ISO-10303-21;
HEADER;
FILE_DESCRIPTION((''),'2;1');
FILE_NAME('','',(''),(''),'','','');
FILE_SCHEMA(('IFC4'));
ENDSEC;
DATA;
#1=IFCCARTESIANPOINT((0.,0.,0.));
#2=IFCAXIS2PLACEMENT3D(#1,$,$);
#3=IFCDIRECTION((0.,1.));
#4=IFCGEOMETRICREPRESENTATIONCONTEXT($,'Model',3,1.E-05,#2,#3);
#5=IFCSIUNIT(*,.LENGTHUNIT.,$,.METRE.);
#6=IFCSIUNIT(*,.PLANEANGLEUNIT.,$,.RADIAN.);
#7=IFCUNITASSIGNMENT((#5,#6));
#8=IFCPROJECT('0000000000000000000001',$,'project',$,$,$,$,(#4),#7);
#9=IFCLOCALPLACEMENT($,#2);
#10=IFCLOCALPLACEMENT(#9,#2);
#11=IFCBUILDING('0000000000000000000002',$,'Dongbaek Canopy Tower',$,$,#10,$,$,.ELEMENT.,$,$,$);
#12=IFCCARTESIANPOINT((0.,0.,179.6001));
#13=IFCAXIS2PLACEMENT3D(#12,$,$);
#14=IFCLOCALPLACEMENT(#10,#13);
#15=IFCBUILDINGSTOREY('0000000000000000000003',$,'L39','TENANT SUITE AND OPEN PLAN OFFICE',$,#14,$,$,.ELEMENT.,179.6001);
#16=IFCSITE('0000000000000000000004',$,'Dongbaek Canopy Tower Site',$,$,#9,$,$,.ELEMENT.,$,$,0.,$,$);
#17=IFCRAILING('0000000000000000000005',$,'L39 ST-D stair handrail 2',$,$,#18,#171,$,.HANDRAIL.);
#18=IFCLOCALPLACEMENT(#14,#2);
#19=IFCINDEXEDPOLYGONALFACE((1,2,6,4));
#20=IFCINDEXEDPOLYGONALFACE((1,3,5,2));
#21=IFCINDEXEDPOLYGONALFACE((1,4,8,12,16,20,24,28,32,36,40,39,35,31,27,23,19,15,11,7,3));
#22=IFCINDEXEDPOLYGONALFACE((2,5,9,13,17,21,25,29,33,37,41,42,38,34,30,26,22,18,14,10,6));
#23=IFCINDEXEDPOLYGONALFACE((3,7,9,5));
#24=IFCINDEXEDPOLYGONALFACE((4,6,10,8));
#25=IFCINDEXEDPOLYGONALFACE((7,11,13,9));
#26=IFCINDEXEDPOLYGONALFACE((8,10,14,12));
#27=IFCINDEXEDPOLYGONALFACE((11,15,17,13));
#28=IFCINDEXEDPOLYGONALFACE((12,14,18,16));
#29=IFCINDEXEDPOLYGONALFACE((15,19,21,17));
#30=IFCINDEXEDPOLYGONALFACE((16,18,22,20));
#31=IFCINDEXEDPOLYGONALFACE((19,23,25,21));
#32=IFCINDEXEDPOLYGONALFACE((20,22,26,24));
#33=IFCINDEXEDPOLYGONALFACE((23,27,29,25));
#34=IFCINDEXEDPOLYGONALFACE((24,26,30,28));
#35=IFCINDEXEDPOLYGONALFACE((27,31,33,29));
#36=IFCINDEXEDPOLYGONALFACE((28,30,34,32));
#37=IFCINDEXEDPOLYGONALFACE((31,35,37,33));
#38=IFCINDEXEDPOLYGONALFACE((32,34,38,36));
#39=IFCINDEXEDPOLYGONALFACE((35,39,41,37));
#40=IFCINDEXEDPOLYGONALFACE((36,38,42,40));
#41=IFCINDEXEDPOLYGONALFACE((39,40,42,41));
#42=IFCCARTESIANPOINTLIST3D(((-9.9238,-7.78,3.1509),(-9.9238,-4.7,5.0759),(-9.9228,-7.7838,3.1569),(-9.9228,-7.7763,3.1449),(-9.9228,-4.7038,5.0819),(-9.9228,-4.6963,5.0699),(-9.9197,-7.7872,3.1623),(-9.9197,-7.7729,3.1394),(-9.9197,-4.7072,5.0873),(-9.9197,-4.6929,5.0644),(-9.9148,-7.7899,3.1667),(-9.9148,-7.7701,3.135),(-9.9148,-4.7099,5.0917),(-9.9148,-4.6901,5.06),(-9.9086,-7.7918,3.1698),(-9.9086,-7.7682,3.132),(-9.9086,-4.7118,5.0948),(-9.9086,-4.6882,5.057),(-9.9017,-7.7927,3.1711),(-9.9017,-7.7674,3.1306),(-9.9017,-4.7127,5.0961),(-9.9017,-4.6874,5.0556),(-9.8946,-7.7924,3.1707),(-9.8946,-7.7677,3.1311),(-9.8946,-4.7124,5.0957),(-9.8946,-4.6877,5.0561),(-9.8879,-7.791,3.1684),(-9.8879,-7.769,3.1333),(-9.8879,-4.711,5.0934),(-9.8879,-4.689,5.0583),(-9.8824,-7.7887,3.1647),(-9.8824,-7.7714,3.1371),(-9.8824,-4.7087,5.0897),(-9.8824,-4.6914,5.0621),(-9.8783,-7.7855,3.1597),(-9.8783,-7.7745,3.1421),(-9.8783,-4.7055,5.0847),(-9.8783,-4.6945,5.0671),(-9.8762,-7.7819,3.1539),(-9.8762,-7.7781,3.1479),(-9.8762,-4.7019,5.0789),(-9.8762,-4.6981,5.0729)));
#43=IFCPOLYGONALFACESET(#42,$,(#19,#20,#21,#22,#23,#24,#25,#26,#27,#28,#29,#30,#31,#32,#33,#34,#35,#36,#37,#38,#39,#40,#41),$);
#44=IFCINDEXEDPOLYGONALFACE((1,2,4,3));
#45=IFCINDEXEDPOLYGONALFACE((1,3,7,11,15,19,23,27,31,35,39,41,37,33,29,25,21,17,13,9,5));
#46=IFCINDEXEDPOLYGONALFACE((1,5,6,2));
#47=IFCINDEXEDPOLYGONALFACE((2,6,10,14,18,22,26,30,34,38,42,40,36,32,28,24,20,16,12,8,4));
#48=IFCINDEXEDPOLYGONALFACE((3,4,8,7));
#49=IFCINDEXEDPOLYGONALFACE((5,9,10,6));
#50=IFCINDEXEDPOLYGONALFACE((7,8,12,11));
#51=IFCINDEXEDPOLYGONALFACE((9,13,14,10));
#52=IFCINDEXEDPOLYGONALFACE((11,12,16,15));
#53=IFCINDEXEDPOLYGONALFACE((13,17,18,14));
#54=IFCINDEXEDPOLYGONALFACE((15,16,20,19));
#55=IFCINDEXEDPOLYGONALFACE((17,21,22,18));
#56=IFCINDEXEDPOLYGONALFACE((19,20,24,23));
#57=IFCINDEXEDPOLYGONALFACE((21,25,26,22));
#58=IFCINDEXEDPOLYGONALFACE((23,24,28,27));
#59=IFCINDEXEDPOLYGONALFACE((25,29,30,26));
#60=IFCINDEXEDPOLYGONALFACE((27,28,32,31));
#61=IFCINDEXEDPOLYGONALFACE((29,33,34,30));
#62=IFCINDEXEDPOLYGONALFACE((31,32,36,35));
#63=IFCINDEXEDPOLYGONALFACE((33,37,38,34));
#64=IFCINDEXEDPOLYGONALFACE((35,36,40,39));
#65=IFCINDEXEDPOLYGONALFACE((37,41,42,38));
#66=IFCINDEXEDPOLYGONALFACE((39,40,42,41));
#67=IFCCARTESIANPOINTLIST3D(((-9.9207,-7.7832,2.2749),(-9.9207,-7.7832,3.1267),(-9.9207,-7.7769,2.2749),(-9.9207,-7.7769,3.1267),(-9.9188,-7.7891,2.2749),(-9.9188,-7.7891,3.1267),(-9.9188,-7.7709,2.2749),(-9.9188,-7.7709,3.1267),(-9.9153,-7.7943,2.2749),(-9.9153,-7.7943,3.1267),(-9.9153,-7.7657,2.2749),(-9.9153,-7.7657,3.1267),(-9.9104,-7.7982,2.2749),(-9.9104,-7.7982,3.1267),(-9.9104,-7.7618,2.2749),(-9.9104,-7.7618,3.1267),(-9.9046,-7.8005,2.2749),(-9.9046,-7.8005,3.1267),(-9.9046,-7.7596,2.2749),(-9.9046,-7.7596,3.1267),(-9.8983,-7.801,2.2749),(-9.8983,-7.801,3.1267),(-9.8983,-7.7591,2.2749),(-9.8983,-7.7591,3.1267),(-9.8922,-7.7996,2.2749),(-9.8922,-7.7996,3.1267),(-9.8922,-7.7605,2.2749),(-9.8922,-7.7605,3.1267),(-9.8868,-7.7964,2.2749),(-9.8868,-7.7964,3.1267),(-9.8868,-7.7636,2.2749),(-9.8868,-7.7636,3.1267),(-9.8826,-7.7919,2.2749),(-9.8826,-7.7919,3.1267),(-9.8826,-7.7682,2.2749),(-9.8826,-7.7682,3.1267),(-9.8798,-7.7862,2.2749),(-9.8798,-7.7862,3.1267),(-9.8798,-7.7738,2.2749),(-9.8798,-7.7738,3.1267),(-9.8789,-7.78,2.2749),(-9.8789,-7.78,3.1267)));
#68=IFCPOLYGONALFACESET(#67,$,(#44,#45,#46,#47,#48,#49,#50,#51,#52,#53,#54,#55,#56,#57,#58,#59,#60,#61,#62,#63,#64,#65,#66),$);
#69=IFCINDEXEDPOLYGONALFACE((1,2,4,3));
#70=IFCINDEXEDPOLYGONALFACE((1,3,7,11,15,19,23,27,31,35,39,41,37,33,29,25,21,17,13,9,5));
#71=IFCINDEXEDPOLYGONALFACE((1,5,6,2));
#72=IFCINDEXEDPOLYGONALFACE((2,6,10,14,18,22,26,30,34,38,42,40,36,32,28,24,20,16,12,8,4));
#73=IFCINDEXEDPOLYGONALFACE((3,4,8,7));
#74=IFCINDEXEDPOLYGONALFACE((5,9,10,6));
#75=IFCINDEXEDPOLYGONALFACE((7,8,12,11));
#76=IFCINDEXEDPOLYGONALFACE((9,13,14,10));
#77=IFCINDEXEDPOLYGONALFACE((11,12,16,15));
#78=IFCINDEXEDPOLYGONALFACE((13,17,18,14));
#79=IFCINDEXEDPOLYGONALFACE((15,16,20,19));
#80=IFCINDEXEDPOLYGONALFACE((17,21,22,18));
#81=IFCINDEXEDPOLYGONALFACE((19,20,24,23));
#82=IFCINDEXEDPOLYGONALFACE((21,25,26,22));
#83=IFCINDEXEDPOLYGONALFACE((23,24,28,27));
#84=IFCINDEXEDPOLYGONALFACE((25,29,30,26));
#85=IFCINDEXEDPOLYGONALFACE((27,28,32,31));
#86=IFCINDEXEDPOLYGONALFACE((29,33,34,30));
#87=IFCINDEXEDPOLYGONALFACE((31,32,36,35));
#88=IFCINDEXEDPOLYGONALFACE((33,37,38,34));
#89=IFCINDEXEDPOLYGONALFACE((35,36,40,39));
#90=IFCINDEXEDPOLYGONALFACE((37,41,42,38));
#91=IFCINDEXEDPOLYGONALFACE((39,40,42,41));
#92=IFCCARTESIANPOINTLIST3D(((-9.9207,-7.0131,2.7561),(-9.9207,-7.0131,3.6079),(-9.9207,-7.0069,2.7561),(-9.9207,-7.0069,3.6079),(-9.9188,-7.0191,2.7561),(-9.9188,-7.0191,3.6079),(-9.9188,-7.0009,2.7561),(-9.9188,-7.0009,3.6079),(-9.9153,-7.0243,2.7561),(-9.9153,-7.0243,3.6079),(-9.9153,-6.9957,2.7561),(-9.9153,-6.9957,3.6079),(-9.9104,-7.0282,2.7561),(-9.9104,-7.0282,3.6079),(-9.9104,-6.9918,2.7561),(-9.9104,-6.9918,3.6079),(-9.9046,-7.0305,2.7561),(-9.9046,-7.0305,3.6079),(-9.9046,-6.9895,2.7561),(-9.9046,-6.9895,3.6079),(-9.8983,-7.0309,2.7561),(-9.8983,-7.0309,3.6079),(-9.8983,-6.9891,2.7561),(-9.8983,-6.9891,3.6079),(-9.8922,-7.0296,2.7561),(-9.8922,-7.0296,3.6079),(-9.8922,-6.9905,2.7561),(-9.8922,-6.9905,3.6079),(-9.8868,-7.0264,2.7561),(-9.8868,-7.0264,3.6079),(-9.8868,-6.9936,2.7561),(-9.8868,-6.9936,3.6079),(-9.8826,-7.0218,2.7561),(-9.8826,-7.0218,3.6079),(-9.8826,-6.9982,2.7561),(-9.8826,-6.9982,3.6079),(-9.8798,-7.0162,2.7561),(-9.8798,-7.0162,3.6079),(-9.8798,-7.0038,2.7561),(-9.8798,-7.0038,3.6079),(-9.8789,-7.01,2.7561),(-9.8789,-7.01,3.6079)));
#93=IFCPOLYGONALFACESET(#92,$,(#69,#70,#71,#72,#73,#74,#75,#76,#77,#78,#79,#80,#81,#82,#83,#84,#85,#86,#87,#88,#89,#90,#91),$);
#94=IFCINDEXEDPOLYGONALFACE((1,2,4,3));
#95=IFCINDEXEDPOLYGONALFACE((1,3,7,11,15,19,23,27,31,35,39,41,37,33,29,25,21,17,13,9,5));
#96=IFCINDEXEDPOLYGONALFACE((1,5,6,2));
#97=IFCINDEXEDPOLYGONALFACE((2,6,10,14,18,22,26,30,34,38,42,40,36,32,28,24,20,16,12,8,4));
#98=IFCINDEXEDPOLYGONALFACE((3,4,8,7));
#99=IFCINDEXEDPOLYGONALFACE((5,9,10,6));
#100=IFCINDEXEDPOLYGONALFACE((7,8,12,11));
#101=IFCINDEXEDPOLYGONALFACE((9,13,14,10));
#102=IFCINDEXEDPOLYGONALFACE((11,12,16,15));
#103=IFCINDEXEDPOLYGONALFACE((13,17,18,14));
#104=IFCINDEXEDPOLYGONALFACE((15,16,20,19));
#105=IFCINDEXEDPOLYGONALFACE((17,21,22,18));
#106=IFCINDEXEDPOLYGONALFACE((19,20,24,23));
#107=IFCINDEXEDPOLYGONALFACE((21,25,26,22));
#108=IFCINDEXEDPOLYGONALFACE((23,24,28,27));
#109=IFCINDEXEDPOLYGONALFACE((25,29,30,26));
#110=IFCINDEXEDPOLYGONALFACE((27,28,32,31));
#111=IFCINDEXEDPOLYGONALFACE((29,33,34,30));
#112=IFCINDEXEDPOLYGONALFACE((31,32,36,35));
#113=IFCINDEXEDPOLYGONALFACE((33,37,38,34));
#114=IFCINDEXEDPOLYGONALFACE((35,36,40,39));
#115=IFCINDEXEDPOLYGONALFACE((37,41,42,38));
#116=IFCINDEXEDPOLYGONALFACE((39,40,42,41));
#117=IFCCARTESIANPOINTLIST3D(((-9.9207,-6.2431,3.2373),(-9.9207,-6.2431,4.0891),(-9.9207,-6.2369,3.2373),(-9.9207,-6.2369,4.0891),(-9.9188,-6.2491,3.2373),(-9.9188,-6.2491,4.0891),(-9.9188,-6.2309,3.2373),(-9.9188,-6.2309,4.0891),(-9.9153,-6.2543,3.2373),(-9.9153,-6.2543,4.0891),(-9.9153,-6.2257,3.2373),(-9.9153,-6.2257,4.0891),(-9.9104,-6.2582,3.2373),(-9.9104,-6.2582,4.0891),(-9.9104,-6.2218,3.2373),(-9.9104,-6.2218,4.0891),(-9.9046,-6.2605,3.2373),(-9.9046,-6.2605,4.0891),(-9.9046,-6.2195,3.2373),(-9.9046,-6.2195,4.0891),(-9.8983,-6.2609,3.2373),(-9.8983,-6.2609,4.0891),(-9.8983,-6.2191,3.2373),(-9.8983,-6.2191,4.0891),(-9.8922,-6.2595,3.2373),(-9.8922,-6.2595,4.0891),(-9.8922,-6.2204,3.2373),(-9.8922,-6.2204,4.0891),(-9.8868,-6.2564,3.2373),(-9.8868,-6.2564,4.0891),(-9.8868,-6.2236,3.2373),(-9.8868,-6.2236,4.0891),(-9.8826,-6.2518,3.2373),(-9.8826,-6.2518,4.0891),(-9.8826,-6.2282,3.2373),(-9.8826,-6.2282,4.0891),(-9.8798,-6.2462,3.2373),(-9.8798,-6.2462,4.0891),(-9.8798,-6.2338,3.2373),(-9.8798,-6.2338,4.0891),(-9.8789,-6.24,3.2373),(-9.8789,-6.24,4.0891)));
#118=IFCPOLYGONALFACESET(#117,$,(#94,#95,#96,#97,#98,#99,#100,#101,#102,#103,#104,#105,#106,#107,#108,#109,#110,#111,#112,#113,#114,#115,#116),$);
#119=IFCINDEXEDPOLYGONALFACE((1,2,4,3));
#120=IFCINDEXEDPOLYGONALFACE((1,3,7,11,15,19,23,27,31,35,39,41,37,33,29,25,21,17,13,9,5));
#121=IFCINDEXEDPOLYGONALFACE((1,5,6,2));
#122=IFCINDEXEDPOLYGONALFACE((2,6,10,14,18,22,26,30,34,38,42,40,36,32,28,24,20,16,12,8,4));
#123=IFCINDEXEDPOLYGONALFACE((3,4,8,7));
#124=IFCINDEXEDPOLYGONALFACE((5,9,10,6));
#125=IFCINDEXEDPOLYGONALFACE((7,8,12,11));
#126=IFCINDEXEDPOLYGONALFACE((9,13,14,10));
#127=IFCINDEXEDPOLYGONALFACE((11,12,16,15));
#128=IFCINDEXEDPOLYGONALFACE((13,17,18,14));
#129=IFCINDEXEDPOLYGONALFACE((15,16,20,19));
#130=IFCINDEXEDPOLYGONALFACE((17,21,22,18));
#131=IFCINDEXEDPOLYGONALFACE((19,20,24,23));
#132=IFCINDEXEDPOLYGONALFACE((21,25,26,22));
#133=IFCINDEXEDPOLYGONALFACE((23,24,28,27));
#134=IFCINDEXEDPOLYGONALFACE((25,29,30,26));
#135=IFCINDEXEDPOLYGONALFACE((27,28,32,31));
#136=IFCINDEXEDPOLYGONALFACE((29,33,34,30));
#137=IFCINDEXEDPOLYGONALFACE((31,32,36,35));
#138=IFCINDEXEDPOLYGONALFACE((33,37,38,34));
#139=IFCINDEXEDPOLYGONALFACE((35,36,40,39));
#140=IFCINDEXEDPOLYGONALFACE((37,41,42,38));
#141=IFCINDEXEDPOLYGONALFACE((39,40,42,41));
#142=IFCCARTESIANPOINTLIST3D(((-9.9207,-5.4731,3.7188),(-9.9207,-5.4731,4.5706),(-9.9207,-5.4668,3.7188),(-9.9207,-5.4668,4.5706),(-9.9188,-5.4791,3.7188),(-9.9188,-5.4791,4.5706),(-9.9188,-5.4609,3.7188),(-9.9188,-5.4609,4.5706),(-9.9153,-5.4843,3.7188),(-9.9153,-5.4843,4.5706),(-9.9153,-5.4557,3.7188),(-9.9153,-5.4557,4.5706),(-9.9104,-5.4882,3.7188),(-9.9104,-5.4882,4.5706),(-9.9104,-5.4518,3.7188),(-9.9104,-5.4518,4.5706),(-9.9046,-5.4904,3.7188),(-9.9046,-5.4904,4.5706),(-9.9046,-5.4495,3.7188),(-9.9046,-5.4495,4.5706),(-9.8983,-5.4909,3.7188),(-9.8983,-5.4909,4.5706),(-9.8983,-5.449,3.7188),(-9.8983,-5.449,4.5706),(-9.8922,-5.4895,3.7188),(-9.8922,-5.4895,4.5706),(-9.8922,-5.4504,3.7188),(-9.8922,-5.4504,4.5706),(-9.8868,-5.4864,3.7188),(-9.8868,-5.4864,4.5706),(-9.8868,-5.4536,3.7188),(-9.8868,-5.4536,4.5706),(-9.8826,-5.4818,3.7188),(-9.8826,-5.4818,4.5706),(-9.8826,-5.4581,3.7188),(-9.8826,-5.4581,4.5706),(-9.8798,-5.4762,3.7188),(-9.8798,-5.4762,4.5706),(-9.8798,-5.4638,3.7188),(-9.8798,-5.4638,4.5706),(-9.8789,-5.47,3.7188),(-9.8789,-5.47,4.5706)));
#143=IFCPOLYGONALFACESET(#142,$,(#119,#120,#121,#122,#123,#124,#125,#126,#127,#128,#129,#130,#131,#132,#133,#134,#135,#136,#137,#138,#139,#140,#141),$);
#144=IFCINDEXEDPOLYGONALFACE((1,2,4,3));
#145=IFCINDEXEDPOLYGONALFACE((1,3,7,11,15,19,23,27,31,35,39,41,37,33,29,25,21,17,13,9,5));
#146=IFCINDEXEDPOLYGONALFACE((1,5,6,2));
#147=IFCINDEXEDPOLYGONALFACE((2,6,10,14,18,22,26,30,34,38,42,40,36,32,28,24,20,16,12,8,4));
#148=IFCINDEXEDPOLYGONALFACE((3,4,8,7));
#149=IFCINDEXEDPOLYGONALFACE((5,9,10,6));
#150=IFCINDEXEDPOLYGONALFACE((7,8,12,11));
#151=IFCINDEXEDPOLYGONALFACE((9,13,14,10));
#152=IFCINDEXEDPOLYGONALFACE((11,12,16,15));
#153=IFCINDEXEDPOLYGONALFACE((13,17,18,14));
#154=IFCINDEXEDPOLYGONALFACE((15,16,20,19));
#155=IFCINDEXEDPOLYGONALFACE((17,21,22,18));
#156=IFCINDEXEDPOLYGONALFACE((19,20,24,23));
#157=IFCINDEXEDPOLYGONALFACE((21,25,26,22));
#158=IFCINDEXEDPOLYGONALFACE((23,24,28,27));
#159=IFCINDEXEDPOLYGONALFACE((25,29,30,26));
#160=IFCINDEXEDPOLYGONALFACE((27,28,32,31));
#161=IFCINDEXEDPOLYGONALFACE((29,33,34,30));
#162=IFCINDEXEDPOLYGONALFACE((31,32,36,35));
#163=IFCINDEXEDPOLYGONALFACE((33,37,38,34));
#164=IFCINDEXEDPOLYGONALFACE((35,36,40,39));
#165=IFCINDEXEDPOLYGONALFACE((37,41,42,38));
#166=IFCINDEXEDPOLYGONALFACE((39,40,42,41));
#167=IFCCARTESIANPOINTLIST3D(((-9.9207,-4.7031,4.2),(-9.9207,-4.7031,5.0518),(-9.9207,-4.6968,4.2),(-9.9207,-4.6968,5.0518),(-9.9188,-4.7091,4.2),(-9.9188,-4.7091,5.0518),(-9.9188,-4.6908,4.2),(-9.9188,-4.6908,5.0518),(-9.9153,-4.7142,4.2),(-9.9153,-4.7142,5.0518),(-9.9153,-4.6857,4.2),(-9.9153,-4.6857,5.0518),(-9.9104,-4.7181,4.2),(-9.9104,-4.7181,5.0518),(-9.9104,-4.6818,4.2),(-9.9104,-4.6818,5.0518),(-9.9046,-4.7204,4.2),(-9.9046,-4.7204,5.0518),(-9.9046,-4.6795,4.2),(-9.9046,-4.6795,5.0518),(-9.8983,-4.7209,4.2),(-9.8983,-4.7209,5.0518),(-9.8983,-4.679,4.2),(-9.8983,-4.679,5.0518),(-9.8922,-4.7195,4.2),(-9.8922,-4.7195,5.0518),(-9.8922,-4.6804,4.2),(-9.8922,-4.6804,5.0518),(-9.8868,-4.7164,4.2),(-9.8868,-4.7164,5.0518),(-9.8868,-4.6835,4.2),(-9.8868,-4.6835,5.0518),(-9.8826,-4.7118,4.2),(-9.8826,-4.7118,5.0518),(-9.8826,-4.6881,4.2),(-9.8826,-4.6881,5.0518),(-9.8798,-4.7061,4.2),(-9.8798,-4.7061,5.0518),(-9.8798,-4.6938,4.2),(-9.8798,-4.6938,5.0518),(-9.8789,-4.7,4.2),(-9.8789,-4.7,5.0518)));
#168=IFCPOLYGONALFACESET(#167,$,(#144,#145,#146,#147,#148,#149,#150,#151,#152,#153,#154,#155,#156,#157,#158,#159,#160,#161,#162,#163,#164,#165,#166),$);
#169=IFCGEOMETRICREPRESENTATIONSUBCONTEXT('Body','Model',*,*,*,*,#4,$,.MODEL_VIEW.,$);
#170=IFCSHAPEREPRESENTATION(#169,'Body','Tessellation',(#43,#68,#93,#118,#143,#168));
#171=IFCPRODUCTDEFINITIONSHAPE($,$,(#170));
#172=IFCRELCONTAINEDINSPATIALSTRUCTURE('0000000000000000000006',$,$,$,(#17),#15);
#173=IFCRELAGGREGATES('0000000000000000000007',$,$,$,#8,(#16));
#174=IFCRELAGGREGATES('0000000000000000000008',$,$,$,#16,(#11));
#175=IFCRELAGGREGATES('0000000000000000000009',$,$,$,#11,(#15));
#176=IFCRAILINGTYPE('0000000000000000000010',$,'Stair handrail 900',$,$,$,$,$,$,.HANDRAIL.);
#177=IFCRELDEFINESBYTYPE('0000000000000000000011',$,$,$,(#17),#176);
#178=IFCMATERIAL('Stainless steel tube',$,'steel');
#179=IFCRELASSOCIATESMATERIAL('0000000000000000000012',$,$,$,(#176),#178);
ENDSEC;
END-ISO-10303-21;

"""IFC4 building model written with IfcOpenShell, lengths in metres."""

from ifc_helpers import new_model, si_unit, direction, frame, origin, origin_2d, place, context, subcontext, project, spatial, circle, extrude, material, type_object, element, save


model = new_model("IFC4")

# Units and contexts
model_context = context("Model", 3, precision=1e-05, world=origin(), true_north=direction((0.0, 1.0)))
body_context = subcontext(model_context, "Body", "Model", "MODEL_VIEW")
ifc_project = project(units=[si_unit("LENGTHUNIT", "METRE"), si_unit("PLANEANGLEUNIT", "RADIAN")], contexts=[model_context])

# Site, building, storey
site_placement = place(None, origin())
site = spatial("IfcSite", under=ifc_project, at=site_placement, Name="Dongbaek Canopy Tower Site", CompositionType="ELEMENT", RefElevation=0.0)
building_placement = place(site_placement, origin())
building = spatial("IfcBuilding", under=site, at=building_placement, Name="Dongbaek Canopy Tower", CompositionType="ELEMENT")
storey_placement = place(building_placement, frame((0.0, 0.0, 179.6001)))
storey = spatial("IfcBuildingStorey", under=building, at=storey_placement, Name="L39", Description="TENANT SUITE AND OPEN PLAN OFFICE", CompositionType="ELEMENT", Elevation=179.6001)

# Railing
ifc_material_1 = material(Name="Stainless steel tube", Category="steel")
railing_type_1 = type_object("IfcRailingType", Name="Stair handrail 900", PredefinedType="HANDRAIL", material=ifc_material_1)
railing_1_placement = place(storey_placement, frame((-9.8999, -7.78, 2.2749)))
element("IfcRailing", 1, at=railing_1_placement, inside=storey, type_object=railing_type_1, Name="L39 ST-D stair handrail 2", PredefinedType="HANDRAIL", context=body_context, shape_type="SweptSolid", body=[
    extrude(circle(Radius=0.0239, at=origin_2d()), frame((0.0, 0.0, 0.876), z_axis=(0.0, 0.847998, 0.529999), x_axis=(-1.0, 0.0, 0.0)), (0.0, 0.0, 1.0), 3.6321),
    extrude(circle(Radius=0.021, at=origin_2d()), origin(), (0.0, 0.0, 1.0), 0.8518),
    extrude(circle(Radius=0.021, at=origin_2d()), frame((0.0, 0.77, 0.4812)), (0.0, 0.0, 1.0), 0.8518),
    extrude(circle(Radius=0.021, at=origin_2d()), frame((0.0, 1.54, 0.9624)), (0.0, 0.0, 1.0), 0.8518),
    extrude(circle(Radius=0.021, at=origin_2d()), frame((0.0, 2.3101, 1.4438)), (0.0, 0.0, 1.0), 0.8518),
    extrude(circle(Radius=0.021, at=origin_2d()), frame((0.0, 3.0801, 1.925)), (0.0, 0.0, 1.0), 0.8518),
])

save(model, "model.ifc")
